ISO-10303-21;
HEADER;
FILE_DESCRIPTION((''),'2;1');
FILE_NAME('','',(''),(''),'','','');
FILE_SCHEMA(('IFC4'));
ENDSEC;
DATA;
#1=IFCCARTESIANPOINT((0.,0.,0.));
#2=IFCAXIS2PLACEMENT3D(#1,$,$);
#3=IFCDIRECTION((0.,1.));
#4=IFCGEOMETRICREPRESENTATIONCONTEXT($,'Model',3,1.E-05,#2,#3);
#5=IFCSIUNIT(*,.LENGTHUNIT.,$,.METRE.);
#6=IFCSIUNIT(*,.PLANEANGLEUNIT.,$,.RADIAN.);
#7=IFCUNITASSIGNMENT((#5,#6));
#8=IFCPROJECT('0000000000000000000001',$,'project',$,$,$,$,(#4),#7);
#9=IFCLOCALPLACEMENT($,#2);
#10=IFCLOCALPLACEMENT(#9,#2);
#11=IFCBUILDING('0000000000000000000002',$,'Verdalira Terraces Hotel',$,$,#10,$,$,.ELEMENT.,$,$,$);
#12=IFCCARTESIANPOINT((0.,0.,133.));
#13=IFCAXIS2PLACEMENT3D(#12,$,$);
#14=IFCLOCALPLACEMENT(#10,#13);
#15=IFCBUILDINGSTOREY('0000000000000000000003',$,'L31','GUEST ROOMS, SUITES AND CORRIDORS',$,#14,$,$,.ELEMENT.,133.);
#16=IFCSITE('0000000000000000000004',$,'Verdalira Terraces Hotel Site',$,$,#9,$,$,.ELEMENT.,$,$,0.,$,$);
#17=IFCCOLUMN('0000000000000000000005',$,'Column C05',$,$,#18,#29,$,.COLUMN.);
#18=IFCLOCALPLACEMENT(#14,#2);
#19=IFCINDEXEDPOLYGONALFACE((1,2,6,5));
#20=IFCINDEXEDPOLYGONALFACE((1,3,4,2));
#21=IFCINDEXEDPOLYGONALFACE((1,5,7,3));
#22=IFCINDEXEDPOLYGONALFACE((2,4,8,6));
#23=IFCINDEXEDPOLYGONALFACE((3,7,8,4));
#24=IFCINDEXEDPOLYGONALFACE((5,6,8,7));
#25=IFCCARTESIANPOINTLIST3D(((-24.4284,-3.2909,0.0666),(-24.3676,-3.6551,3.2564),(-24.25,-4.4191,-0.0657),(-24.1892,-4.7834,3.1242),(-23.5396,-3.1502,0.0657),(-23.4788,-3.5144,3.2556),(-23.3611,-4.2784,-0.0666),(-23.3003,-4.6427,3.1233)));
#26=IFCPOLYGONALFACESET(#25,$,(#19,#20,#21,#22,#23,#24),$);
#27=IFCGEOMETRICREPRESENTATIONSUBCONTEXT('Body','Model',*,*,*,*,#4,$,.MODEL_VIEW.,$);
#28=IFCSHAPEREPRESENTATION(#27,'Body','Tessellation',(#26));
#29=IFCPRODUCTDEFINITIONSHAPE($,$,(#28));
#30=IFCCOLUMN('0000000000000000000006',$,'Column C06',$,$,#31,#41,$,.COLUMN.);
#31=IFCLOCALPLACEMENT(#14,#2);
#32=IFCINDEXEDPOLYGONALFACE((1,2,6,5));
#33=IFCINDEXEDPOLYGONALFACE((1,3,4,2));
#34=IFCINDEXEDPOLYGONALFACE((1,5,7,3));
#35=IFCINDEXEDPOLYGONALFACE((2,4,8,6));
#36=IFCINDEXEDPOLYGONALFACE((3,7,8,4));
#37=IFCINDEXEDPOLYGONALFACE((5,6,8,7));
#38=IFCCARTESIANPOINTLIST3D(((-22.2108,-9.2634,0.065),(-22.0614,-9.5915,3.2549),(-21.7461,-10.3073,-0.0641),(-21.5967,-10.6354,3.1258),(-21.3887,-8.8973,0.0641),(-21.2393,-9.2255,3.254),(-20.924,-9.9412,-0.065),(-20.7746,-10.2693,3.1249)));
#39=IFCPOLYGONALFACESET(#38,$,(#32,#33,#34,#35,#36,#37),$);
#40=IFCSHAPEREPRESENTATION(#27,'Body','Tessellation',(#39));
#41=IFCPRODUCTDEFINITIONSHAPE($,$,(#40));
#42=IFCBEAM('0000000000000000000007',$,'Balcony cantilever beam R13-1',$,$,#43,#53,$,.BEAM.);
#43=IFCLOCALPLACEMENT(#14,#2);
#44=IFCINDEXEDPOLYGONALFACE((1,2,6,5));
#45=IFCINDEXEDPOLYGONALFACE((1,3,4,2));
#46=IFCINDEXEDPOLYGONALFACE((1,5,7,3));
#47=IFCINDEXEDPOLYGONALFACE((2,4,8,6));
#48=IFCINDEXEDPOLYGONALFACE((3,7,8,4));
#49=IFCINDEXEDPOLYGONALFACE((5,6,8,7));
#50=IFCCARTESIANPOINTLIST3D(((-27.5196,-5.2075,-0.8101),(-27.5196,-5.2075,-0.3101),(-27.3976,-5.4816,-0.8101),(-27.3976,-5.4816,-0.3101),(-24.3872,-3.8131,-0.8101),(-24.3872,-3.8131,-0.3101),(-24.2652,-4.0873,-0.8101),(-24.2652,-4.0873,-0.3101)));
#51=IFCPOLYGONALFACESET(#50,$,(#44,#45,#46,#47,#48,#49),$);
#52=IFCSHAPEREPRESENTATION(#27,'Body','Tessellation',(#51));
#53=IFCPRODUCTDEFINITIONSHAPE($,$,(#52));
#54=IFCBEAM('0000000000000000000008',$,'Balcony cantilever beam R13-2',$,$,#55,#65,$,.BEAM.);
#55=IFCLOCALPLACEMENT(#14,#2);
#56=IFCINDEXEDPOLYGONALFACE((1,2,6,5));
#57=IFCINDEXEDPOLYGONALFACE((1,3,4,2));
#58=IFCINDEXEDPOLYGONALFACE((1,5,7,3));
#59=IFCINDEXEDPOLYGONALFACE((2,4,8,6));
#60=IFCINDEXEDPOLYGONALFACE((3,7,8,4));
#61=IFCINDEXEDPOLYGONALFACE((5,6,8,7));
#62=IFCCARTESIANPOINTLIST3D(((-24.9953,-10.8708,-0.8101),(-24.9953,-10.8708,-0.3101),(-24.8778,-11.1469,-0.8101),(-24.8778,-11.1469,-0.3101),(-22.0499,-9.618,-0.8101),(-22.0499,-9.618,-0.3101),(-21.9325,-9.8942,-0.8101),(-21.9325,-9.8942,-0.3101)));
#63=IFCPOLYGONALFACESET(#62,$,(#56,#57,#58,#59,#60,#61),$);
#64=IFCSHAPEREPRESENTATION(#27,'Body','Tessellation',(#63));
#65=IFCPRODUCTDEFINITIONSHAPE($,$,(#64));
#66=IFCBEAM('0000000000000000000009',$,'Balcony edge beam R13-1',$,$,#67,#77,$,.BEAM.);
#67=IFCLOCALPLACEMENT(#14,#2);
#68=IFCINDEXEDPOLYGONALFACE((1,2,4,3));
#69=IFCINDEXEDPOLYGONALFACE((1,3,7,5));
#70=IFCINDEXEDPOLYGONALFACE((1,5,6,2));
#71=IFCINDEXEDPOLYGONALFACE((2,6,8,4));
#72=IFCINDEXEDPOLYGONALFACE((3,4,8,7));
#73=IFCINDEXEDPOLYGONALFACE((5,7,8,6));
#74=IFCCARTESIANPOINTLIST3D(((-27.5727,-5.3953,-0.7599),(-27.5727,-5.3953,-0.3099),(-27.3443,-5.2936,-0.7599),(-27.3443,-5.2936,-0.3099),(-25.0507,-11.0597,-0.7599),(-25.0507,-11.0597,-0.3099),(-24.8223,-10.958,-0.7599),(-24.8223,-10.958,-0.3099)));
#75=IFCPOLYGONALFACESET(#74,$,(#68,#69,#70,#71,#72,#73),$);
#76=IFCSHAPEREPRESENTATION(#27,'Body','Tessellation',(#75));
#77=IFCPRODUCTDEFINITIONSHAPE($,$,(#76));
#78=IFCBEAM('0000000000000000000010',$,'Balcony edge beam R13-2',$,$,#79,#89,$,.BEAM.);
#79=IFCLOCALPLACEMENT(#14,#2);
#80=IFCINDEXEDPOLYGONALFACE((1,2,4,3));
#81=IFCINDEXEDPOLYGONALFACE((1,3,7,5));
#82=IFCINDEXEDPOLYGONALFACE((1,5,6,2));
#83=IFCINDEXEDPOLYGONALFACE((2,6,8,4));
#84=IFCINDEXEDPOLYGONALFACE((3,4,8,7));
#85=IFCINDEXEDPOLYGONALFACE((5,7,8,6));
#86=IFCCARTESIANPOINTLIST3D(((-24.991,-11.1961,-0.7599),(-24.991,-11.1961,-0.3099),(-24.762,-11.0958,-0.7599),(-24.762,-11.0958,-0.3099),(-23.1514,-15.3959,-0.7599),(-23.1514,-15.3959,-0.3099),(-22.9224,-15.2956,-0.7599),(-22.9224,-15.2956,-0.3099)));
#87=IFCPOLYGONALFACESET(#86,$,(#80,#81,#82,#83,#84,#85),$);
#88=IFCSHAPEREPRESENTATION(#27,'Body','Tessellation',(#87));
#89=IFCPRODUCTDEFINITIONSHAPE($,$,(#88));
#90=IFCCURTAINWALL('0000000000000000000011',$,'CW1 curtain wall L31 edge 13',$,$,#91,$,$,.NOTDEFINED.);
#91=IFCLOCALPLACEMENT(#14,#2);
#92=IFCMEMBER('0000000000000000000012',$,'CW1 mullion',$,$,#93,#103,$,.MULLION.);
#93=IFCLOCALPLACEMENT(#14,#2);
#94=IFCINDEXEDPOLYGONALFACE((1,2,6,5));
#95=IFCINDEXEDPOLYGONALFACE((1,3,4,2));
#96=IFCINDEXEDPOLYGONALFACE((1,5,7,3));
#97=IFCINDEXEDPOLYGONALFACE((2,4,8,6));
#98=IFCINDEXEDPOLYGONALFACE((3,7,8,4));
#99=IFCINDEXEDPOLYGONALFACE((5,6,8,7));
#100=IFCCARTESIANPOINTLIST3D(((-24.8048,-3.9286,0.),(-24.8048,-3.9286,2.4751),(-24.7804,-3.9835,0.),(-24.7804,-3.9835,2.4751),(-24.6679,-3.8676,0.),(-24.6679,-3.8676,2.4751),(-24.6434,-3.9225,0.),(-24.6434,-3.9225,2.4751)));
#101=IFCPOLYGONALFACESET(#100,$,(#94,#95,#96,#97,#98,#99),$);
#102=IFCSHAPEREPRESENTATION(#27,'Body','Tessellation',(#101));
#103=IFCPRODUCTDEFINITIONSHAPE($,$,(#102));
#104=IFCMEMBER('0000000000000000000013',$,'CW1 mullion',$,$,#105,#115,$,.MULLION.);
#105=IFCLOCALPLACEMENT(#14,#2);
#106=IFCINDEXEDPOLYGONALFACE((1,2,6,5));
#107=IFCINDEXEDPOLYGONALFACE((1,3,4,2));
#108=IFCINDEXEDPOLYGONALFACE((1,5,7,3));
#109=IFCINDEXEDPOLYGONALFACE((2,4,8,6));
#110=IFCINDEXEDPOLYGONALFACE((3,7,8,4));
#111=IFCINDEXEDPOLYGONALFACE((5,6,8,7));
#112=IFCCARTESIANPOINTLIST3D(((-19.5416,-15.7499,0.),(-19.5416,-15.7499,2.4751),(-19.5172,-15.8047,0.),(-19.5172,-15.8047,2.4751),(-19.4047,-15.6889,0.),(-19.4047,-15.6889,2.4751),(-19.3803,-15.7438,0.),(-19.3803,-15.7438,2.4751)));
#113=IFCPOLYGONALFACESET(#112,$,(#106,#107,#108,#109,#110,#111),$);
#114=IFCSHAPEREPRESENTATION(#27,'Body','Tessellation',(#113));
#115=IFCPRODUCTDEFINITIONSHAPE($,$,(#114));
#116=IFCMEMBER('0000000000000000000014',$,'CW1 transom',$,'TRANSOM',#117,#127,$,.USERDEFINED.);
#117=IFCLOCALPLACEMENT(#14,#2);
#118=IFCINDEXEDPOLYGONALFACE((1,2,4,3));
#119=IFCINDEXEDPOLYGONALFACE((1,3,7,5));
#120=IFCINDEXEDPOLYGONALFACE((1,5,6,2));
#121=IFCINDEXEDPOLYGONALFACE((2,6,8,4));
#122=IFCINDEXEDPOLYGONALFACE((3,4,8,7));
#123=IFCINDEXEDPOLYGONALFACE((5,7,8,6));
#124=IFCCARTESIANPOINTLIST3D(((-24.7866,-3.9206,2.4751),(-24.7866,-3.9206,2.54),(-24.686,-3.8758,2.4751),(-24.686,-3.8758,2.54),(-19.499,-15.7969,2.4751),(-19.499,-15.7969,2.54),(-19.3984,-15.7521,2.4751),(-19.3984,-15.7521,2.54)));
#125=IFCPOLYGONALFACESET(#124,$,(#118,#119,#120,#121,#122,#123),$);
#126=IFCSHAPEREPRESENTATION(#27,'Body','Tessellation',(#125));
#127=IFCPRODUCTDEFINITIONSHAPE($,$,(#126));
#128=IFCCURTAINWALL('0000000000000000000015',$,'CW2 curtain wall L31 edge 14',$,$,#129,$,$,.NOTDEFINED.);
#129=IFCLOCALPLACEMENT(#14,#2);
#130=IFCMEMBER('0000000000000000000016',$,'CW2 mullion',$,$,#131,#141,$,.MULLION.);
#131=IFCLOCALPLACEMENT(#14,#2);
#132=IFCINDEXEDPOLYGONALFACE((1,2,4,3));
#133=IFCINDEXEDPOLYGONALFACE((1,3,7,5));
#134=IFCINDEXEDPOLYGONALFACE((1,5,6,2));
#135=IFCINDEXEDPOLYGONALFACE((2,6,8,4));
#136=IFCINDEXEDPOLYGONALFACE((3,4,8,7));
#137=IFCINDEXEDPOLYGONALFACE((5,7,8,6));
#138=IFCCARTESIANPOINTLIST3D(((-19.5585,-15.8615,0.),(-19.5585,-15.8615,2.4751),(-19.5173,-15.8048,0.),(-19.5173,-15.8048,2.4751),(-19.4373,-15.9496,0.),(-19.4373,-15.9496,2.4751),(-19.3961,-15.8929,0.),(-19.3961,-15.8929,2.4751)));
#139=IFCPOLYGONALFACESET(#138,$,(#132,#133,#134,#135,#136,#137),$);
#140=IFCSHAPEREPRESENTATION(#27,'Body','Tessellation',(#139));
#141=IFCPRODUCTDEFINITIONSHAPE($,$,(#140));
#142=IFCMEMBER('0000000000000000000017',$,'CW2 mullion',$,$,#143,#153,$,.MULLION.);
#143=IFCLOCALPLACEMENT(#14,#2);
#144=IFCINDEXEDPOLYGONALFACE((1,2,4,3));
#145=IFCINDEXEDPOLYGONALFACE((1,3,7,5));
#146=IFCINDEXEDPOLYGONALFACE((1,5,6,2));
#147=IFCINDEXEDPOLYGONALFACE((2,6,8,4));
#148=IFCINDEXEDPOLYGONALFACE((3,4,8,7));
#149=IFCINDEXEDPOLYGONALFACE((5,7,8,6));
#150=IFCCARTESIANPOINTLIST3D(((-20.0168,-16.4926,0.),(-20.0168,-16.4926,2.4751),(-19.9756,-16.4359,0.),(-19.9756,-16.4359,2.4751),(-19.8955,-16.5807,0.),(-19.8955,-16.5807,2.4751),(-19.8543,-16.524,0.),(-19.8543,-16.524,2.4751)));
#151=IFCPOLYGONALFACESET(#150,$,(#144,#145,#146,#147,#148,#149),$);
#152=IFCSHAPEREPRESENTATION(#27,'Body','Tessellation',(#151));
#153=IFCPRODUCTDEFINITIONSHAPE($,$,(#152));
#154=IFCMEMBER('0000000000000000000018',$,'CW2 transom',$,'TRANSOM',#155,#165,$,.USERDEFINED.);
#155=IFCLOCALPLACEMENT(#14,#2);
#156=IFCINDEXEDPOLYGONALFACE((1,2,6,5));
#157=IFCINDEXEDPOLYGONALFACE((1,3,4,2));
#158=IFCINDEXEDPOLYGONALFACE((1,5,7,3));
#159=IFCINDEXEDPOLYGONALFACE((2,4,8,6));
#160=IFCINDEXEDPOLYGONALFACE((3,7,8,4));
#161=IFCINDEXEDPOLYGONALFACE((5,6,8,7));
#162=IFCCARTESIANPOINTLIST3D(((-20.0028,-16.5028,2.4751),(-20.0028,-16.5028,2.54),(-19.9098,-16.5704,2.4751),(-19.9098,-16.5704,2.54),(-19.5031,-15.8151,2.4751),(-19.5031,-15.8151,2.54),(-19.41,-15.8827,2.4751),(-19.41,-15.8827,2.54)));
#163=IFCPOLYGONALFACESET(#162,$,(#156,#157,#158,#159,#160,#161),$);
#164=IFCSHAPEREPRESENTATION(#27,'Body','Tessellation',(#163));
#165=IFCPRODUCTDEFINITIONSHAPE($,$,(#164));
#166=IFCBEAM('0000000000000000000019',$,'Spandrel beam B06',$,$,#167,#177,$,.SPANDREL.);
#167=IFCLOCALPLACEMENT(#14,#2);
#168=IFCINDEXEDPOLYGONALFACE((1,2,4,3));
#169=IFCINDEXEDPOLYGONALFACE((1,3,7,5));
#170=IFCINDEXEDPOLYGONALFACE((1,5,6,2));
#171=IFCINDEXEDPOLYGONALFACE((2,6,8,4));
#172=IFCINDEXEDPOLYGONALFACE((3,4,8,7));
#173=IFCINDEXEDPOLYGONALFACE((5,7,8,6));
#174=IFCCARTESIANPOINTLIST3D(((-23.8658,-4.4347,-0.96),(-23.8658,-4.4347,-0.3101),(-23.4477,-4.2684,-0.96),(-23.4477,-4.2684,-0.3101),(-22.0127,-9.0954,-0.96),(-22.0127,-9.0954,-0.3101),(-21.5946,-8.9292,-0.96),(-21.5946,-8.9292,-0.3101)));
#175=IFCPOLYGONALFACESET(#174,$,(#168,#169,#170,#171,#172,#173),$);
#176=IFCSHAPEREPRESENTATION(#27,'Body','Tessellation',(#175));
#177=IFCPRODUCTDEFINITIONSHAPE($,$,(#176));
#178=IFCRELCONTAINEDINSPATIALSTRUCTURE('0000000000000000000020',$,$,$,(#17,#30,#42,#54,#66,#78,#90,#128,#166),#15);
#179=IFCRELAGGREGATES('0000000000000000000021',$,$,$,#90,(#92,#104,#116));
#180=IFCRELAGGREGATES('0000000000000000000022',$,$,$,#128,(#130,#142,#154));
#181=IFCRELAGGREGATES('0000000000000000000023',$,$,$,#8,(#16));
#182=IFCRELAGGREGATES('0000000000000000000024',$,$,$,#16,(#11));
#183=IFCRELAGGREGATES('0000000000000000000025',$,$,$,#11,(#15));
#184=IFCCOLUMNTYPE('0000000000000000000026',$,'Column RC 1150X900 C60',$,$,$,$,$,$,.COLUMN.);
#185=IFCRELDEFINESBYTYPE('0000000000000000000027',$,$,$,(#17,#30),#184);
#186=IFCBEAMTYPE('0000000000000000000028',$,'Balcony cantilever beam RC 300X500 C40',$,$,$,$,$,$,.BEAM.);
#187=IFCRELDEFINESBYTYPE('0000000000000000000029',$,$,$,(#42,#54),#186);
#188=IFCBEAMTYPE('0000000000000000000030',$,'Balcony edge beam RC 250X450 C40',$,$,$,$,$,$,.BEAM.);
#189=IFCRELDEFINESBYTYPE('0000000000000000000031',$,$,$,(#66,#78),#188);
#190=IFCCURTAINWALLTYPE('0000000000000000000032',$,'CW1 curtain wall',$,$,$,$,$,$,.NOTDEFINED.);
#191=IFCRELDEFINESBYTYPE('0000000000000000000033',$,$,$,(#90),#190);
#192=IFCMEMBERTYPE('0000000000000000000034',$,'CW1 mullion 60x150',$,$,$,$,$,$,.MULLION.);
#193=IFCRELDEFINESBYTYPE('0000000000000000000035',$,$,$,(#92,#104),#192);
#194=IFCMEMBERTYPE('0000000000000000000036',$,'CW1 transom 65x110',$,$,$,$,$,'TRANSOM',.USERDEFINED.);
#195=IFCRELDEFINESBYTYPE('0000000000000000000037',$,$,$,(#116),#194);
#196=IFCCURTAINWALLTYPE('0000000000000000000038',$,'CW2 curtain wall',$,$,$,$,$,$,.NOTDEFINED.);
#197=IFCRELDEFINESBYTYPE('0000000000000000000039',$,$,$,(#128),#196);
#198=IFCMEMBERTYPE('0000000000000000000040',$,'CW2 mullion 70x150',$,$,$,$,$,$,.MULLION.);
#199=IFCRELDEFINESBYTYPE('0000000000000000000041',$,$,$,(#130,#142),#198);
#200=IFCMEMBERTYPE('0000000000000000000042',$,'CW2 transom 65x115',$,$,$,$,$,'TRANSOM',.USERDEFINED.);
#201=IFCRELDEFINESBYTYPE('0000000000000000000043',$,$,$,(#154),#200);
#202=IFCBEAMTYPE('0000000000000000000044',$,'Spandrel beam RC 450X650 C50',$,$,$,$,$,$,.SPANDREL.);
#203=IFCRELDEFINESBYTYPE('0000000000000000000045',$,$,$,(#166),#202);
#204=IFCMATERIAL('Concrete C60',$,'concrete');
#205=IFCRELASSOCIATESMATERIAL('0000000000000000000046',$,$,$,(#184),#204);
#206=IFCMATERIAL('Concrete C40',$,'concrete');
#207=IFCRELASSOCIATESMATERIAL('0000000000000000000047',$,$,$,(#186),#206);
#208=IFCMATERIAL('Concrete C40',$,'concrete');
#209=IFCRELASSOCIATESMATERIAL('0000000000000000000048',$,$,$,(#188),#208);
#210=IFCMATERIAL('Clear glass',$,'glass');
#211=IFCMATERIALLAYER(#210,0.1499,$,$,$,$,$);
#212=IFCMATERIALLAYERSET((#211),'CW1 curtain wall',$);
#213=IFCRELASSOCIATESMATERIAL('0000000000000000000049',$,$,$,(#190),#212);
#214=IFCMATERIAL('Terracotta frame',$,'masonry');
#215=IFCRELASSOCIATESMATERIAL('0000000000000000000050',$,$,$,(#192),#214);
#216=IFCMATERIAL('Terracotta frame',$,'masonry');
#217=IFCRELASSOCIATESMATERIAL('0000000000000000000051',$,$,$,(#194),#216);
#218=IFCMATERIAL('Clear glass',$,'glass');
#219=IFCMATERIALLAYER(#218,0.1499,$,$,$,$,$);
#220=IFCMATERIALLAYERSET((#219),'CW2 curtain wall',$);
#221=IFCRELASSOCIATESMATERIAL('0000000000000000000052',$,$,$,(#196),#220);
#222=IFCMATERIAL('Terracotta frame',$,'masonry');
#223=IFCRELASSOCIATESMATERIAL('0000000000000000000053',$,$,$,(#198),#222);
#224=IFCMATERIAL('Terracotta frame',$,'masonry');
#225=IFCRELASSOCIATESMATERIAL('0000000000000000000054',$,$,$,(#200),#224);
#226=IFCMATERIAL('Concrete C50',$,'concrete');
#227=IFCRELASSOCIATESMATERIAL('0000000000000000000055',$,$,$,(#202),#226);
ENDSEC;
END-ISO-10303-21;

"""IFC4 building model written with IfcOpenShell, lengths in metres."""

from ifc_helpers import new_model, si_unit, direction, frame, origin, origin_2d, place, context, subcontext, project, spatial, rectangle, extrude, material, layer, layer_set, material_profile, profile_set, type_object, element, aggregate, save


model = new_model("IFC4")

# Units and contexts
model_context = context("Model", 3, precision=1e-05, world=origin(), true_north=direction((0.0, 1.0)))
body_context = subcontext(model_context, "Body", "Model", "MODEL_VIEW")
ifc_project = project(units=[si_unit("LENGTHUNIT", "METRE"), si_unit("PLANEANGLEUNIT", "RADIAN")], contexts=[model_context])

# Site, building, storey
site_placement = place(None, origin())
site = spatial("IfcSite", under=ifc_project, at=site_placement, Name="Verdalira Terraces Hotel Site", CompositionType="ELEMENT", RefElevation=0.0)
building_placement = place(site_placement, origin())
building = spatial("IfcBuilding", under=site, at=building_placement, Name="Verdalira Terraces Hotel", CompositionType="ELEMENT")
storey_placement = place(building_placement, frame((0.0, 0.0, 133.0)))
storey = spatial("IfcBuildingStorey", under=building, at=storey_placement, Name="L31", Description="GUEST ROOMS, SUITES AND CORRIDORS", CompositionType="ELEMENT", Elevation=133.0)

# Columns
ifc_material_1 = material(Name="Concrete C60", Category="concrete")
ifc_material_profile_1 = material_profile(ifc_material_1, rectangle(XDim=1.1499, YDim=0.8999, at=origin_2d()), Name="RC 1150X900")
ifc_profile_set_1 = profile_set([ifc_material_profile_1], Name="Concrete C60")
column_type = type_object("IfcColumnType", Name="Column RC 1150X900 C60", PredefinedType="COLUMN", material=ifc_profile_set_1)
column_1_placement = place(storey_placement, frame((-23.8948, -3.7847, 0.0), z_axis=(0.018931, -0.113432, 0.993365), x_axis=(-0.155197, 0.981167, 0.114997)))
element("IfcColumn", 1, at=column_1_placement, inside=storey, type_object=column_type, Name="Column C05", PredefinedType="COLUMN", context=body_context, shape_type="SweptSolid", body=[
    extrude(rectangle(XDim=1.1499, YDim=0.8999, at=origin_2d()), origin(), (0.0, 0.0, 1.0), 3.2112),
])
column_2_placement = place(storey_placement, frame((-21.5674, -9.6023, 0.0), z_axis=(0.046543, -0.102212, 0.993673), x_axis=(0.404105, -0.907792, -0.112306)))
element("IfcColumn", 2, at=column_2_placement, inside=storey, type_object=column_type, Name="Column C06", PredefinedType="COLUMN", context=body_context, shape_type="SweptSolid", body=[
    extrude(rectangle(XDim=1.1499, YDim=0.8999, at=origin_2d()), origin(), (0.0, 0.0, 1.0), 3.2102),
])

# Beams
ifc_material_2 = material(Name="Concrete C40", Category="concrete")
ifc_material_profile_2 = material_profile(ifc_material_2, rectangle(XDim=0.3, YDim=0.5, at=origin_2d()), Name="RC 300X500")
ifc_profile_set_2 = profile_set([ifc_material_profile_2], Name="Concrete C40")
beam_type_1 = type_object("IfcBeamType", Name="Balcony cantilever beam RC 300X500 C40", PredefinedType="BEAM", material=ifc_profile_set_2)
beam_1_placement = place(storey_placement, frame((-24.3262, -3.9502, -0.5601), z_axis=(-0.913579, -0.40666, 0.0), x_axis=(0.40666, -0.913579, 0.0)))
element("IfcBeam", 3, at=beam_1_placement, inside=storey, type_object=beam_type_1, Name="Balcony cantilever beam R13-1", PredefinedType="BEAM", context=body_context, shape_type="SweptSolid", body=[
    extrude(rectangle(XDim=0.3, YDim=0.5, at=origin_2d()), origin(), (0.0, 0.0, 1.0), 3.4287),
])
beam_2_placement = place(storey_placement, frame((-21.9912, -9.7561, -0.5601), z_axis=(-0.920227, -0.391386, 0.0), x_axis=(0.391386, -0.920227, 0.0)))
element("IfcBeam", 4, at=beam_2_placement, inside=storey, type_object=beam_type_1, Name="Balcony cantilever beam R13-2", PredefinedType="BEAM", context=body_context, shape_type="SweptSolid", body=[
    extrude(rectangle(XDim=0.3, YDim=0.5, at=origin_2d()), origin(), (0.0, 0.0, 1.0), 3.2007),
])
ifc_material_3 = material(Name="Concrete C40", Category="concrete")
ifc_material_profile_3 = material_profile(ifc_material_3, rectangle(XDim=0.25, YDim=0.45, at=origin_2d()), Name="RC 250X450")
ifc_profile_set_3 = profile_set([ifc_material_profile_3], Name="Concrete C40")
beam_type_2 = type_object("IfcBeamType", Name="Balcony edge beam RC 250X450 C40", PredefinedType="BEAM", material=ifc_profile_set_3)
beam_3_placement = place(storey_placement, frame((-27.4585, -5.3445, -0.5349), z_axis=(0.406745, -0.913542, 0.0), x_axis=(0.913542, 0.406745, 0.0)))
element("IfcBeam", 5, at=beam_3_placement, inside=storey, type_object=beam_type_2, Name="Balcony edge beam R13-1", PredefinedType="BEAM", context=body_context, shape_type="SweptSolid", body=[
    extrude(rectangle(XDim=0.25, YDim=0.45, at=origin_2d()), origin(), (0.0, 0.0, 1.0), 6.2004),
])
beam_4_placement = place(storey_placement, frame((-24.8765, -11.146, -0.5349), z_axis=(0.401227, -0.915979, 0.0), x_axis=(0.915979, 0.401227, 0.0)))
element("IfcBeam", 6, at=beam_4_placement, inside=storey, type_object=beam_type_2, Name="Balcony edge beam R13-2", PredefinedType="BEAM", context=body_context, shape_type="SweptSolid", body=[
    extrude(rectangle(XDim=0.25, YDim=0.45, at=origin_2d()), origin(), (0.0, 0.0, 1.0), 4.585),
])

# Curtain walls, members
ifc_material_4 = material(Name="Clear glass", Category="glass")
ifc_layer_1 = layer(ifc_material_4, 0.1499)
ifc_layer_set_1 = layer_set([ifc_layer_1], Name="CW1 curtain wall")
curtain_wall_type_1 = type_object("IfcCurtainWallType", Name="CW1 curtain wall", PredefinedType="NOTDEFINED", material=ifc_layer_set_1)
curtain_wall_1_placement = place(storey_placement, origin())
curtain_wall_1 = element("IfcCurtainWall", 7, at=curtain_wall_1_placement, inside=storey, type_object=curtain_wall_type_1, Name="CW1 curtain wall L31 edge 13", PredefinedType="NOTDEFINED")
ifc_material_5 = material(Name="Terracotta frame", Category="masonry")
ifc_material_profile_4 = material_profile(ifc_material_5, rectangle(XDim=0.0601, YDim=0.1499, at=origin_2d()), Name="MU 60x150")
ifc_profile_set_4 = profile_set([ifc_material_profile_4], Name="Terracotta frame")
member_type_1 = type_object("IfcMemberType", Name="CW1 mullion 60x150", PredefinedType="MULLION", material=ifc_profile_set_4)
member_1_placement = place(storey_placement, frame((-24.7241, -3.9255, 0.0), z_axis=(0.0, 0.0, 1.0), x_axis=(0.406737, -0.913545, 0.0)))
member_1 = element("IfcMember", 8, at=member_1_placement, type_object=member_type_1, Name="CW1 mullion", PredefinedType="MULLION", context=body_context, shape_type="SweptSolid", body=[
    extrude(rectangle(XDim=0.0601, YDim=0.1499, at=origin_2d()), origin(), (0.0, 0.0, 1.0), 2.4751),
])
member_2_placement = place(storey_placement, frame((-19.4609, -15.7468, 0.0), z_axis=(0.0, 0.0, 1.0), x_axis=(0.406737, -0.913545, 0.0)))
member_2 = element("IfcMember", 9, at=member_2_placement, type_object=member_type_1, Name="CW1 mullion", PredefinedType="MULLION", context=body_context, shape_type="SweptSolid", body=[
    extrude(rectangle(XDim=0.0601, YDim=0.1499, at=origin_2d()), origin(), (0.0, 0.0, 1.0), 2.4751),
])
ifc_material_6 = material(Name="Terracotta frame", Category="masonry")
ifc_material_profile_5 = material_profile(ifc_material_6, rectangle(XDim=0.1101, YDim=0.0649, at=origin_2d()), Name="TR 65x110")
ifc_profile_set_5 = profile_set([ifc_material_profile_5], Name="Terracotta frame")
member_type_2 = type_object("IfcMemberType", Name="CW1 transom 65x110", ElementType="TRANSOM", PredefinedType="USERDEFINED", material=ifc_profile_set_5)
member_3_placement = place(storey_placement, frame((-24.7363, -3.8982, 2.5076), z_axis=(0.406734, -0.913547, 0.0), x_axis=(0.913547, 0.406734, 0.0)))
member_3 = element("IfcMember", 10, at=member_3_placement, type_object=member_type_2, Name="CW1 transom", ObjectType="TRANSOM", PredefinedType="USERDEFINED", context=body_context, shape_type="SweptSolid", body=[
    extrude(rectangle(XDim=0.1101, YDim=0.0649, at=origin_2d()), origin(), (0.0, 0.0, 1.0), 13.0002),
])
ifc_material_7 = material(Name="Clear glass", Category="glass")
ifc_layer_2 = layer(ifc_material_7, 0.1499)
ifc_layer_set_2 = layer_set([ifc_layer_2], Name="CW2 curtain wall")
curtain_wall_type_2 = type_object("IfcCurtainWallType", Name="CW2 curtain wall", PredefinedType="NOTDEFINED", material=ifc_layer_set_2)
curtain_wall_2_placement = place(storey_placement, origin())
curtain_wall_2 = element("IfcCurtainWall", 11, at=curtain_wall_2_placement, inside=storey, type_object=curtain_wall_type_2, Name="CW2 curtain wall L31 edge 14", PredefinedType="NOTDEFINED")
ifc_material_8 = material(Name="Terracotta frame", Category="masonry")
ifc_material_profile_6 = material_profile(ifc_material_8, rectangle(XDim=0.0701, YDim=0.1499, at=origin_2d()), Name="MU 70x150")
ifc_profile_set_6 = profile_set([ifc_material_profile_6], Name="Terracotta frame")
member_type_3 = type_object("IfcMemberType", Name="CW2 mullion 70x150", PredefinedType="MULLION", material=ifc_profile_set_6)
member_4_placement = place(storey_placement, frame((-19.4773, -15.8772, 0.0), z_axis=(0.0, 0.0, 1.0), x_axis=(-0.587785, -0.809017, 0.0)))
member_4 = element("IfcMember", 12, at=member_4_placement, type_object=member_type_3, Name="CW2 mullion", PredefinedType="MULLION", context=body_context, shape_type="SweptSolid", body=[
    extrude(rectangle(XDim=0.0701, YDim=0.1499, at=origin_2d()), origin(), (0.0, 0.0, 1.0), 2.4751),
])
member_5_placement = place(storey_placement, frame((-19.9355, -16.5083, 0.0), z_axis=(0.0, 0.0, 1.0), x_axis=(-0.587785, -0.809017, 0.0)))
member_5 = element("IfcMember", 13, at=member_5_placement, type_object=member_type_3, Name="CW2 mullion", PredefinedType="MULLION", context=body_context, shape_type="SweptSolid", body=[
    extrude(rectangle(XDim=0.0701, YDim=0.1499, at=origin_2d()), origin(), (0.0, 0.0, 1.0), 2.4751),
])
ifc_material_9 = material(Name="Terracotta frame", Category="masonry")
ifc_material_profile_7 = material_profile(ifc_material_9, rectangle(XDim=0.115, YDim=0.0649, at=origin_2d()), Name="TR 65x115")
ifc_profile_set_7 = profile_set([ifc_material_profile_7], Name="Terracotta frame")
member_type_4 = type_object("IfcMemberType", Name="CW2 transom 65x115", ElementType="TRANSOM", PredefinedType="USERDEFINED", material=ifc_profile_set_7)
member_6_placement = place(storey_placement, frame((-19.4565, -15.8489, 2.5076), z_axis=(-0.587847, -0.808972, 0.0), x_axis=(0.808972, -0.587847, 0.0)))
member_6 = element("IfcMember", 14, at=member_6_placement, type_object=member_type_4, Name="CW2 transom", ObjectType="TRANSOM", PredefinedType="USERDEFINED", context=body_context, shape_type="SweptSolid", body=[
    extrude(rectangle(XDim=0.115, YDim=0.0649, at=origin_2d()), origin(), (0.0, 0.0, 1.0), 0.8501),
])

# Beam
ifc_material_10 = material(Name="Concrete C50", Category="concrete")
ifc_material_profile_8 = material_profile(ifc_material_10, rectangle(XDim=0.45, YDim=0.6499, at=origin_2d()), Name="RC 450X650")
ifc_profile_set_8 = profile_set([ifc_material_profile_8], Name="Concrete C50")
beam_type_3 = type_object("IfcBeamType", Name="Spandrel beam RC 450X650 C50", PredefinedType="SPANDREL", material=ifc_profile_set_8)
beam_5_placement = place(storey_placement, frame((-23.6567, -4.3516, -0.635), z_axis=(0.36946, -0.929247, 0.0), x_axis=(0.929247, 0.36946, 0.0)))
element("IfcBeam", 15, at=beam_5_placement, inside=storey, type_object=beam_type_3, Name="Spandrel beam B06", PredefinedType="SPANDREL", context=body_context, shape_type="SweptSolid", body=[
    extrude(rectangle(XDim=0.45, YDim=0.6499, at=origin_2d()), origin(), (0.0, 0.0, 1.0), 5.0156),
])

aggregate(curtain_wall_1, [member_1, member_2, member_3])
aggregate(curtain_wall_2, [member_4, member_5, member_6])

save(model, "model.ifc")
